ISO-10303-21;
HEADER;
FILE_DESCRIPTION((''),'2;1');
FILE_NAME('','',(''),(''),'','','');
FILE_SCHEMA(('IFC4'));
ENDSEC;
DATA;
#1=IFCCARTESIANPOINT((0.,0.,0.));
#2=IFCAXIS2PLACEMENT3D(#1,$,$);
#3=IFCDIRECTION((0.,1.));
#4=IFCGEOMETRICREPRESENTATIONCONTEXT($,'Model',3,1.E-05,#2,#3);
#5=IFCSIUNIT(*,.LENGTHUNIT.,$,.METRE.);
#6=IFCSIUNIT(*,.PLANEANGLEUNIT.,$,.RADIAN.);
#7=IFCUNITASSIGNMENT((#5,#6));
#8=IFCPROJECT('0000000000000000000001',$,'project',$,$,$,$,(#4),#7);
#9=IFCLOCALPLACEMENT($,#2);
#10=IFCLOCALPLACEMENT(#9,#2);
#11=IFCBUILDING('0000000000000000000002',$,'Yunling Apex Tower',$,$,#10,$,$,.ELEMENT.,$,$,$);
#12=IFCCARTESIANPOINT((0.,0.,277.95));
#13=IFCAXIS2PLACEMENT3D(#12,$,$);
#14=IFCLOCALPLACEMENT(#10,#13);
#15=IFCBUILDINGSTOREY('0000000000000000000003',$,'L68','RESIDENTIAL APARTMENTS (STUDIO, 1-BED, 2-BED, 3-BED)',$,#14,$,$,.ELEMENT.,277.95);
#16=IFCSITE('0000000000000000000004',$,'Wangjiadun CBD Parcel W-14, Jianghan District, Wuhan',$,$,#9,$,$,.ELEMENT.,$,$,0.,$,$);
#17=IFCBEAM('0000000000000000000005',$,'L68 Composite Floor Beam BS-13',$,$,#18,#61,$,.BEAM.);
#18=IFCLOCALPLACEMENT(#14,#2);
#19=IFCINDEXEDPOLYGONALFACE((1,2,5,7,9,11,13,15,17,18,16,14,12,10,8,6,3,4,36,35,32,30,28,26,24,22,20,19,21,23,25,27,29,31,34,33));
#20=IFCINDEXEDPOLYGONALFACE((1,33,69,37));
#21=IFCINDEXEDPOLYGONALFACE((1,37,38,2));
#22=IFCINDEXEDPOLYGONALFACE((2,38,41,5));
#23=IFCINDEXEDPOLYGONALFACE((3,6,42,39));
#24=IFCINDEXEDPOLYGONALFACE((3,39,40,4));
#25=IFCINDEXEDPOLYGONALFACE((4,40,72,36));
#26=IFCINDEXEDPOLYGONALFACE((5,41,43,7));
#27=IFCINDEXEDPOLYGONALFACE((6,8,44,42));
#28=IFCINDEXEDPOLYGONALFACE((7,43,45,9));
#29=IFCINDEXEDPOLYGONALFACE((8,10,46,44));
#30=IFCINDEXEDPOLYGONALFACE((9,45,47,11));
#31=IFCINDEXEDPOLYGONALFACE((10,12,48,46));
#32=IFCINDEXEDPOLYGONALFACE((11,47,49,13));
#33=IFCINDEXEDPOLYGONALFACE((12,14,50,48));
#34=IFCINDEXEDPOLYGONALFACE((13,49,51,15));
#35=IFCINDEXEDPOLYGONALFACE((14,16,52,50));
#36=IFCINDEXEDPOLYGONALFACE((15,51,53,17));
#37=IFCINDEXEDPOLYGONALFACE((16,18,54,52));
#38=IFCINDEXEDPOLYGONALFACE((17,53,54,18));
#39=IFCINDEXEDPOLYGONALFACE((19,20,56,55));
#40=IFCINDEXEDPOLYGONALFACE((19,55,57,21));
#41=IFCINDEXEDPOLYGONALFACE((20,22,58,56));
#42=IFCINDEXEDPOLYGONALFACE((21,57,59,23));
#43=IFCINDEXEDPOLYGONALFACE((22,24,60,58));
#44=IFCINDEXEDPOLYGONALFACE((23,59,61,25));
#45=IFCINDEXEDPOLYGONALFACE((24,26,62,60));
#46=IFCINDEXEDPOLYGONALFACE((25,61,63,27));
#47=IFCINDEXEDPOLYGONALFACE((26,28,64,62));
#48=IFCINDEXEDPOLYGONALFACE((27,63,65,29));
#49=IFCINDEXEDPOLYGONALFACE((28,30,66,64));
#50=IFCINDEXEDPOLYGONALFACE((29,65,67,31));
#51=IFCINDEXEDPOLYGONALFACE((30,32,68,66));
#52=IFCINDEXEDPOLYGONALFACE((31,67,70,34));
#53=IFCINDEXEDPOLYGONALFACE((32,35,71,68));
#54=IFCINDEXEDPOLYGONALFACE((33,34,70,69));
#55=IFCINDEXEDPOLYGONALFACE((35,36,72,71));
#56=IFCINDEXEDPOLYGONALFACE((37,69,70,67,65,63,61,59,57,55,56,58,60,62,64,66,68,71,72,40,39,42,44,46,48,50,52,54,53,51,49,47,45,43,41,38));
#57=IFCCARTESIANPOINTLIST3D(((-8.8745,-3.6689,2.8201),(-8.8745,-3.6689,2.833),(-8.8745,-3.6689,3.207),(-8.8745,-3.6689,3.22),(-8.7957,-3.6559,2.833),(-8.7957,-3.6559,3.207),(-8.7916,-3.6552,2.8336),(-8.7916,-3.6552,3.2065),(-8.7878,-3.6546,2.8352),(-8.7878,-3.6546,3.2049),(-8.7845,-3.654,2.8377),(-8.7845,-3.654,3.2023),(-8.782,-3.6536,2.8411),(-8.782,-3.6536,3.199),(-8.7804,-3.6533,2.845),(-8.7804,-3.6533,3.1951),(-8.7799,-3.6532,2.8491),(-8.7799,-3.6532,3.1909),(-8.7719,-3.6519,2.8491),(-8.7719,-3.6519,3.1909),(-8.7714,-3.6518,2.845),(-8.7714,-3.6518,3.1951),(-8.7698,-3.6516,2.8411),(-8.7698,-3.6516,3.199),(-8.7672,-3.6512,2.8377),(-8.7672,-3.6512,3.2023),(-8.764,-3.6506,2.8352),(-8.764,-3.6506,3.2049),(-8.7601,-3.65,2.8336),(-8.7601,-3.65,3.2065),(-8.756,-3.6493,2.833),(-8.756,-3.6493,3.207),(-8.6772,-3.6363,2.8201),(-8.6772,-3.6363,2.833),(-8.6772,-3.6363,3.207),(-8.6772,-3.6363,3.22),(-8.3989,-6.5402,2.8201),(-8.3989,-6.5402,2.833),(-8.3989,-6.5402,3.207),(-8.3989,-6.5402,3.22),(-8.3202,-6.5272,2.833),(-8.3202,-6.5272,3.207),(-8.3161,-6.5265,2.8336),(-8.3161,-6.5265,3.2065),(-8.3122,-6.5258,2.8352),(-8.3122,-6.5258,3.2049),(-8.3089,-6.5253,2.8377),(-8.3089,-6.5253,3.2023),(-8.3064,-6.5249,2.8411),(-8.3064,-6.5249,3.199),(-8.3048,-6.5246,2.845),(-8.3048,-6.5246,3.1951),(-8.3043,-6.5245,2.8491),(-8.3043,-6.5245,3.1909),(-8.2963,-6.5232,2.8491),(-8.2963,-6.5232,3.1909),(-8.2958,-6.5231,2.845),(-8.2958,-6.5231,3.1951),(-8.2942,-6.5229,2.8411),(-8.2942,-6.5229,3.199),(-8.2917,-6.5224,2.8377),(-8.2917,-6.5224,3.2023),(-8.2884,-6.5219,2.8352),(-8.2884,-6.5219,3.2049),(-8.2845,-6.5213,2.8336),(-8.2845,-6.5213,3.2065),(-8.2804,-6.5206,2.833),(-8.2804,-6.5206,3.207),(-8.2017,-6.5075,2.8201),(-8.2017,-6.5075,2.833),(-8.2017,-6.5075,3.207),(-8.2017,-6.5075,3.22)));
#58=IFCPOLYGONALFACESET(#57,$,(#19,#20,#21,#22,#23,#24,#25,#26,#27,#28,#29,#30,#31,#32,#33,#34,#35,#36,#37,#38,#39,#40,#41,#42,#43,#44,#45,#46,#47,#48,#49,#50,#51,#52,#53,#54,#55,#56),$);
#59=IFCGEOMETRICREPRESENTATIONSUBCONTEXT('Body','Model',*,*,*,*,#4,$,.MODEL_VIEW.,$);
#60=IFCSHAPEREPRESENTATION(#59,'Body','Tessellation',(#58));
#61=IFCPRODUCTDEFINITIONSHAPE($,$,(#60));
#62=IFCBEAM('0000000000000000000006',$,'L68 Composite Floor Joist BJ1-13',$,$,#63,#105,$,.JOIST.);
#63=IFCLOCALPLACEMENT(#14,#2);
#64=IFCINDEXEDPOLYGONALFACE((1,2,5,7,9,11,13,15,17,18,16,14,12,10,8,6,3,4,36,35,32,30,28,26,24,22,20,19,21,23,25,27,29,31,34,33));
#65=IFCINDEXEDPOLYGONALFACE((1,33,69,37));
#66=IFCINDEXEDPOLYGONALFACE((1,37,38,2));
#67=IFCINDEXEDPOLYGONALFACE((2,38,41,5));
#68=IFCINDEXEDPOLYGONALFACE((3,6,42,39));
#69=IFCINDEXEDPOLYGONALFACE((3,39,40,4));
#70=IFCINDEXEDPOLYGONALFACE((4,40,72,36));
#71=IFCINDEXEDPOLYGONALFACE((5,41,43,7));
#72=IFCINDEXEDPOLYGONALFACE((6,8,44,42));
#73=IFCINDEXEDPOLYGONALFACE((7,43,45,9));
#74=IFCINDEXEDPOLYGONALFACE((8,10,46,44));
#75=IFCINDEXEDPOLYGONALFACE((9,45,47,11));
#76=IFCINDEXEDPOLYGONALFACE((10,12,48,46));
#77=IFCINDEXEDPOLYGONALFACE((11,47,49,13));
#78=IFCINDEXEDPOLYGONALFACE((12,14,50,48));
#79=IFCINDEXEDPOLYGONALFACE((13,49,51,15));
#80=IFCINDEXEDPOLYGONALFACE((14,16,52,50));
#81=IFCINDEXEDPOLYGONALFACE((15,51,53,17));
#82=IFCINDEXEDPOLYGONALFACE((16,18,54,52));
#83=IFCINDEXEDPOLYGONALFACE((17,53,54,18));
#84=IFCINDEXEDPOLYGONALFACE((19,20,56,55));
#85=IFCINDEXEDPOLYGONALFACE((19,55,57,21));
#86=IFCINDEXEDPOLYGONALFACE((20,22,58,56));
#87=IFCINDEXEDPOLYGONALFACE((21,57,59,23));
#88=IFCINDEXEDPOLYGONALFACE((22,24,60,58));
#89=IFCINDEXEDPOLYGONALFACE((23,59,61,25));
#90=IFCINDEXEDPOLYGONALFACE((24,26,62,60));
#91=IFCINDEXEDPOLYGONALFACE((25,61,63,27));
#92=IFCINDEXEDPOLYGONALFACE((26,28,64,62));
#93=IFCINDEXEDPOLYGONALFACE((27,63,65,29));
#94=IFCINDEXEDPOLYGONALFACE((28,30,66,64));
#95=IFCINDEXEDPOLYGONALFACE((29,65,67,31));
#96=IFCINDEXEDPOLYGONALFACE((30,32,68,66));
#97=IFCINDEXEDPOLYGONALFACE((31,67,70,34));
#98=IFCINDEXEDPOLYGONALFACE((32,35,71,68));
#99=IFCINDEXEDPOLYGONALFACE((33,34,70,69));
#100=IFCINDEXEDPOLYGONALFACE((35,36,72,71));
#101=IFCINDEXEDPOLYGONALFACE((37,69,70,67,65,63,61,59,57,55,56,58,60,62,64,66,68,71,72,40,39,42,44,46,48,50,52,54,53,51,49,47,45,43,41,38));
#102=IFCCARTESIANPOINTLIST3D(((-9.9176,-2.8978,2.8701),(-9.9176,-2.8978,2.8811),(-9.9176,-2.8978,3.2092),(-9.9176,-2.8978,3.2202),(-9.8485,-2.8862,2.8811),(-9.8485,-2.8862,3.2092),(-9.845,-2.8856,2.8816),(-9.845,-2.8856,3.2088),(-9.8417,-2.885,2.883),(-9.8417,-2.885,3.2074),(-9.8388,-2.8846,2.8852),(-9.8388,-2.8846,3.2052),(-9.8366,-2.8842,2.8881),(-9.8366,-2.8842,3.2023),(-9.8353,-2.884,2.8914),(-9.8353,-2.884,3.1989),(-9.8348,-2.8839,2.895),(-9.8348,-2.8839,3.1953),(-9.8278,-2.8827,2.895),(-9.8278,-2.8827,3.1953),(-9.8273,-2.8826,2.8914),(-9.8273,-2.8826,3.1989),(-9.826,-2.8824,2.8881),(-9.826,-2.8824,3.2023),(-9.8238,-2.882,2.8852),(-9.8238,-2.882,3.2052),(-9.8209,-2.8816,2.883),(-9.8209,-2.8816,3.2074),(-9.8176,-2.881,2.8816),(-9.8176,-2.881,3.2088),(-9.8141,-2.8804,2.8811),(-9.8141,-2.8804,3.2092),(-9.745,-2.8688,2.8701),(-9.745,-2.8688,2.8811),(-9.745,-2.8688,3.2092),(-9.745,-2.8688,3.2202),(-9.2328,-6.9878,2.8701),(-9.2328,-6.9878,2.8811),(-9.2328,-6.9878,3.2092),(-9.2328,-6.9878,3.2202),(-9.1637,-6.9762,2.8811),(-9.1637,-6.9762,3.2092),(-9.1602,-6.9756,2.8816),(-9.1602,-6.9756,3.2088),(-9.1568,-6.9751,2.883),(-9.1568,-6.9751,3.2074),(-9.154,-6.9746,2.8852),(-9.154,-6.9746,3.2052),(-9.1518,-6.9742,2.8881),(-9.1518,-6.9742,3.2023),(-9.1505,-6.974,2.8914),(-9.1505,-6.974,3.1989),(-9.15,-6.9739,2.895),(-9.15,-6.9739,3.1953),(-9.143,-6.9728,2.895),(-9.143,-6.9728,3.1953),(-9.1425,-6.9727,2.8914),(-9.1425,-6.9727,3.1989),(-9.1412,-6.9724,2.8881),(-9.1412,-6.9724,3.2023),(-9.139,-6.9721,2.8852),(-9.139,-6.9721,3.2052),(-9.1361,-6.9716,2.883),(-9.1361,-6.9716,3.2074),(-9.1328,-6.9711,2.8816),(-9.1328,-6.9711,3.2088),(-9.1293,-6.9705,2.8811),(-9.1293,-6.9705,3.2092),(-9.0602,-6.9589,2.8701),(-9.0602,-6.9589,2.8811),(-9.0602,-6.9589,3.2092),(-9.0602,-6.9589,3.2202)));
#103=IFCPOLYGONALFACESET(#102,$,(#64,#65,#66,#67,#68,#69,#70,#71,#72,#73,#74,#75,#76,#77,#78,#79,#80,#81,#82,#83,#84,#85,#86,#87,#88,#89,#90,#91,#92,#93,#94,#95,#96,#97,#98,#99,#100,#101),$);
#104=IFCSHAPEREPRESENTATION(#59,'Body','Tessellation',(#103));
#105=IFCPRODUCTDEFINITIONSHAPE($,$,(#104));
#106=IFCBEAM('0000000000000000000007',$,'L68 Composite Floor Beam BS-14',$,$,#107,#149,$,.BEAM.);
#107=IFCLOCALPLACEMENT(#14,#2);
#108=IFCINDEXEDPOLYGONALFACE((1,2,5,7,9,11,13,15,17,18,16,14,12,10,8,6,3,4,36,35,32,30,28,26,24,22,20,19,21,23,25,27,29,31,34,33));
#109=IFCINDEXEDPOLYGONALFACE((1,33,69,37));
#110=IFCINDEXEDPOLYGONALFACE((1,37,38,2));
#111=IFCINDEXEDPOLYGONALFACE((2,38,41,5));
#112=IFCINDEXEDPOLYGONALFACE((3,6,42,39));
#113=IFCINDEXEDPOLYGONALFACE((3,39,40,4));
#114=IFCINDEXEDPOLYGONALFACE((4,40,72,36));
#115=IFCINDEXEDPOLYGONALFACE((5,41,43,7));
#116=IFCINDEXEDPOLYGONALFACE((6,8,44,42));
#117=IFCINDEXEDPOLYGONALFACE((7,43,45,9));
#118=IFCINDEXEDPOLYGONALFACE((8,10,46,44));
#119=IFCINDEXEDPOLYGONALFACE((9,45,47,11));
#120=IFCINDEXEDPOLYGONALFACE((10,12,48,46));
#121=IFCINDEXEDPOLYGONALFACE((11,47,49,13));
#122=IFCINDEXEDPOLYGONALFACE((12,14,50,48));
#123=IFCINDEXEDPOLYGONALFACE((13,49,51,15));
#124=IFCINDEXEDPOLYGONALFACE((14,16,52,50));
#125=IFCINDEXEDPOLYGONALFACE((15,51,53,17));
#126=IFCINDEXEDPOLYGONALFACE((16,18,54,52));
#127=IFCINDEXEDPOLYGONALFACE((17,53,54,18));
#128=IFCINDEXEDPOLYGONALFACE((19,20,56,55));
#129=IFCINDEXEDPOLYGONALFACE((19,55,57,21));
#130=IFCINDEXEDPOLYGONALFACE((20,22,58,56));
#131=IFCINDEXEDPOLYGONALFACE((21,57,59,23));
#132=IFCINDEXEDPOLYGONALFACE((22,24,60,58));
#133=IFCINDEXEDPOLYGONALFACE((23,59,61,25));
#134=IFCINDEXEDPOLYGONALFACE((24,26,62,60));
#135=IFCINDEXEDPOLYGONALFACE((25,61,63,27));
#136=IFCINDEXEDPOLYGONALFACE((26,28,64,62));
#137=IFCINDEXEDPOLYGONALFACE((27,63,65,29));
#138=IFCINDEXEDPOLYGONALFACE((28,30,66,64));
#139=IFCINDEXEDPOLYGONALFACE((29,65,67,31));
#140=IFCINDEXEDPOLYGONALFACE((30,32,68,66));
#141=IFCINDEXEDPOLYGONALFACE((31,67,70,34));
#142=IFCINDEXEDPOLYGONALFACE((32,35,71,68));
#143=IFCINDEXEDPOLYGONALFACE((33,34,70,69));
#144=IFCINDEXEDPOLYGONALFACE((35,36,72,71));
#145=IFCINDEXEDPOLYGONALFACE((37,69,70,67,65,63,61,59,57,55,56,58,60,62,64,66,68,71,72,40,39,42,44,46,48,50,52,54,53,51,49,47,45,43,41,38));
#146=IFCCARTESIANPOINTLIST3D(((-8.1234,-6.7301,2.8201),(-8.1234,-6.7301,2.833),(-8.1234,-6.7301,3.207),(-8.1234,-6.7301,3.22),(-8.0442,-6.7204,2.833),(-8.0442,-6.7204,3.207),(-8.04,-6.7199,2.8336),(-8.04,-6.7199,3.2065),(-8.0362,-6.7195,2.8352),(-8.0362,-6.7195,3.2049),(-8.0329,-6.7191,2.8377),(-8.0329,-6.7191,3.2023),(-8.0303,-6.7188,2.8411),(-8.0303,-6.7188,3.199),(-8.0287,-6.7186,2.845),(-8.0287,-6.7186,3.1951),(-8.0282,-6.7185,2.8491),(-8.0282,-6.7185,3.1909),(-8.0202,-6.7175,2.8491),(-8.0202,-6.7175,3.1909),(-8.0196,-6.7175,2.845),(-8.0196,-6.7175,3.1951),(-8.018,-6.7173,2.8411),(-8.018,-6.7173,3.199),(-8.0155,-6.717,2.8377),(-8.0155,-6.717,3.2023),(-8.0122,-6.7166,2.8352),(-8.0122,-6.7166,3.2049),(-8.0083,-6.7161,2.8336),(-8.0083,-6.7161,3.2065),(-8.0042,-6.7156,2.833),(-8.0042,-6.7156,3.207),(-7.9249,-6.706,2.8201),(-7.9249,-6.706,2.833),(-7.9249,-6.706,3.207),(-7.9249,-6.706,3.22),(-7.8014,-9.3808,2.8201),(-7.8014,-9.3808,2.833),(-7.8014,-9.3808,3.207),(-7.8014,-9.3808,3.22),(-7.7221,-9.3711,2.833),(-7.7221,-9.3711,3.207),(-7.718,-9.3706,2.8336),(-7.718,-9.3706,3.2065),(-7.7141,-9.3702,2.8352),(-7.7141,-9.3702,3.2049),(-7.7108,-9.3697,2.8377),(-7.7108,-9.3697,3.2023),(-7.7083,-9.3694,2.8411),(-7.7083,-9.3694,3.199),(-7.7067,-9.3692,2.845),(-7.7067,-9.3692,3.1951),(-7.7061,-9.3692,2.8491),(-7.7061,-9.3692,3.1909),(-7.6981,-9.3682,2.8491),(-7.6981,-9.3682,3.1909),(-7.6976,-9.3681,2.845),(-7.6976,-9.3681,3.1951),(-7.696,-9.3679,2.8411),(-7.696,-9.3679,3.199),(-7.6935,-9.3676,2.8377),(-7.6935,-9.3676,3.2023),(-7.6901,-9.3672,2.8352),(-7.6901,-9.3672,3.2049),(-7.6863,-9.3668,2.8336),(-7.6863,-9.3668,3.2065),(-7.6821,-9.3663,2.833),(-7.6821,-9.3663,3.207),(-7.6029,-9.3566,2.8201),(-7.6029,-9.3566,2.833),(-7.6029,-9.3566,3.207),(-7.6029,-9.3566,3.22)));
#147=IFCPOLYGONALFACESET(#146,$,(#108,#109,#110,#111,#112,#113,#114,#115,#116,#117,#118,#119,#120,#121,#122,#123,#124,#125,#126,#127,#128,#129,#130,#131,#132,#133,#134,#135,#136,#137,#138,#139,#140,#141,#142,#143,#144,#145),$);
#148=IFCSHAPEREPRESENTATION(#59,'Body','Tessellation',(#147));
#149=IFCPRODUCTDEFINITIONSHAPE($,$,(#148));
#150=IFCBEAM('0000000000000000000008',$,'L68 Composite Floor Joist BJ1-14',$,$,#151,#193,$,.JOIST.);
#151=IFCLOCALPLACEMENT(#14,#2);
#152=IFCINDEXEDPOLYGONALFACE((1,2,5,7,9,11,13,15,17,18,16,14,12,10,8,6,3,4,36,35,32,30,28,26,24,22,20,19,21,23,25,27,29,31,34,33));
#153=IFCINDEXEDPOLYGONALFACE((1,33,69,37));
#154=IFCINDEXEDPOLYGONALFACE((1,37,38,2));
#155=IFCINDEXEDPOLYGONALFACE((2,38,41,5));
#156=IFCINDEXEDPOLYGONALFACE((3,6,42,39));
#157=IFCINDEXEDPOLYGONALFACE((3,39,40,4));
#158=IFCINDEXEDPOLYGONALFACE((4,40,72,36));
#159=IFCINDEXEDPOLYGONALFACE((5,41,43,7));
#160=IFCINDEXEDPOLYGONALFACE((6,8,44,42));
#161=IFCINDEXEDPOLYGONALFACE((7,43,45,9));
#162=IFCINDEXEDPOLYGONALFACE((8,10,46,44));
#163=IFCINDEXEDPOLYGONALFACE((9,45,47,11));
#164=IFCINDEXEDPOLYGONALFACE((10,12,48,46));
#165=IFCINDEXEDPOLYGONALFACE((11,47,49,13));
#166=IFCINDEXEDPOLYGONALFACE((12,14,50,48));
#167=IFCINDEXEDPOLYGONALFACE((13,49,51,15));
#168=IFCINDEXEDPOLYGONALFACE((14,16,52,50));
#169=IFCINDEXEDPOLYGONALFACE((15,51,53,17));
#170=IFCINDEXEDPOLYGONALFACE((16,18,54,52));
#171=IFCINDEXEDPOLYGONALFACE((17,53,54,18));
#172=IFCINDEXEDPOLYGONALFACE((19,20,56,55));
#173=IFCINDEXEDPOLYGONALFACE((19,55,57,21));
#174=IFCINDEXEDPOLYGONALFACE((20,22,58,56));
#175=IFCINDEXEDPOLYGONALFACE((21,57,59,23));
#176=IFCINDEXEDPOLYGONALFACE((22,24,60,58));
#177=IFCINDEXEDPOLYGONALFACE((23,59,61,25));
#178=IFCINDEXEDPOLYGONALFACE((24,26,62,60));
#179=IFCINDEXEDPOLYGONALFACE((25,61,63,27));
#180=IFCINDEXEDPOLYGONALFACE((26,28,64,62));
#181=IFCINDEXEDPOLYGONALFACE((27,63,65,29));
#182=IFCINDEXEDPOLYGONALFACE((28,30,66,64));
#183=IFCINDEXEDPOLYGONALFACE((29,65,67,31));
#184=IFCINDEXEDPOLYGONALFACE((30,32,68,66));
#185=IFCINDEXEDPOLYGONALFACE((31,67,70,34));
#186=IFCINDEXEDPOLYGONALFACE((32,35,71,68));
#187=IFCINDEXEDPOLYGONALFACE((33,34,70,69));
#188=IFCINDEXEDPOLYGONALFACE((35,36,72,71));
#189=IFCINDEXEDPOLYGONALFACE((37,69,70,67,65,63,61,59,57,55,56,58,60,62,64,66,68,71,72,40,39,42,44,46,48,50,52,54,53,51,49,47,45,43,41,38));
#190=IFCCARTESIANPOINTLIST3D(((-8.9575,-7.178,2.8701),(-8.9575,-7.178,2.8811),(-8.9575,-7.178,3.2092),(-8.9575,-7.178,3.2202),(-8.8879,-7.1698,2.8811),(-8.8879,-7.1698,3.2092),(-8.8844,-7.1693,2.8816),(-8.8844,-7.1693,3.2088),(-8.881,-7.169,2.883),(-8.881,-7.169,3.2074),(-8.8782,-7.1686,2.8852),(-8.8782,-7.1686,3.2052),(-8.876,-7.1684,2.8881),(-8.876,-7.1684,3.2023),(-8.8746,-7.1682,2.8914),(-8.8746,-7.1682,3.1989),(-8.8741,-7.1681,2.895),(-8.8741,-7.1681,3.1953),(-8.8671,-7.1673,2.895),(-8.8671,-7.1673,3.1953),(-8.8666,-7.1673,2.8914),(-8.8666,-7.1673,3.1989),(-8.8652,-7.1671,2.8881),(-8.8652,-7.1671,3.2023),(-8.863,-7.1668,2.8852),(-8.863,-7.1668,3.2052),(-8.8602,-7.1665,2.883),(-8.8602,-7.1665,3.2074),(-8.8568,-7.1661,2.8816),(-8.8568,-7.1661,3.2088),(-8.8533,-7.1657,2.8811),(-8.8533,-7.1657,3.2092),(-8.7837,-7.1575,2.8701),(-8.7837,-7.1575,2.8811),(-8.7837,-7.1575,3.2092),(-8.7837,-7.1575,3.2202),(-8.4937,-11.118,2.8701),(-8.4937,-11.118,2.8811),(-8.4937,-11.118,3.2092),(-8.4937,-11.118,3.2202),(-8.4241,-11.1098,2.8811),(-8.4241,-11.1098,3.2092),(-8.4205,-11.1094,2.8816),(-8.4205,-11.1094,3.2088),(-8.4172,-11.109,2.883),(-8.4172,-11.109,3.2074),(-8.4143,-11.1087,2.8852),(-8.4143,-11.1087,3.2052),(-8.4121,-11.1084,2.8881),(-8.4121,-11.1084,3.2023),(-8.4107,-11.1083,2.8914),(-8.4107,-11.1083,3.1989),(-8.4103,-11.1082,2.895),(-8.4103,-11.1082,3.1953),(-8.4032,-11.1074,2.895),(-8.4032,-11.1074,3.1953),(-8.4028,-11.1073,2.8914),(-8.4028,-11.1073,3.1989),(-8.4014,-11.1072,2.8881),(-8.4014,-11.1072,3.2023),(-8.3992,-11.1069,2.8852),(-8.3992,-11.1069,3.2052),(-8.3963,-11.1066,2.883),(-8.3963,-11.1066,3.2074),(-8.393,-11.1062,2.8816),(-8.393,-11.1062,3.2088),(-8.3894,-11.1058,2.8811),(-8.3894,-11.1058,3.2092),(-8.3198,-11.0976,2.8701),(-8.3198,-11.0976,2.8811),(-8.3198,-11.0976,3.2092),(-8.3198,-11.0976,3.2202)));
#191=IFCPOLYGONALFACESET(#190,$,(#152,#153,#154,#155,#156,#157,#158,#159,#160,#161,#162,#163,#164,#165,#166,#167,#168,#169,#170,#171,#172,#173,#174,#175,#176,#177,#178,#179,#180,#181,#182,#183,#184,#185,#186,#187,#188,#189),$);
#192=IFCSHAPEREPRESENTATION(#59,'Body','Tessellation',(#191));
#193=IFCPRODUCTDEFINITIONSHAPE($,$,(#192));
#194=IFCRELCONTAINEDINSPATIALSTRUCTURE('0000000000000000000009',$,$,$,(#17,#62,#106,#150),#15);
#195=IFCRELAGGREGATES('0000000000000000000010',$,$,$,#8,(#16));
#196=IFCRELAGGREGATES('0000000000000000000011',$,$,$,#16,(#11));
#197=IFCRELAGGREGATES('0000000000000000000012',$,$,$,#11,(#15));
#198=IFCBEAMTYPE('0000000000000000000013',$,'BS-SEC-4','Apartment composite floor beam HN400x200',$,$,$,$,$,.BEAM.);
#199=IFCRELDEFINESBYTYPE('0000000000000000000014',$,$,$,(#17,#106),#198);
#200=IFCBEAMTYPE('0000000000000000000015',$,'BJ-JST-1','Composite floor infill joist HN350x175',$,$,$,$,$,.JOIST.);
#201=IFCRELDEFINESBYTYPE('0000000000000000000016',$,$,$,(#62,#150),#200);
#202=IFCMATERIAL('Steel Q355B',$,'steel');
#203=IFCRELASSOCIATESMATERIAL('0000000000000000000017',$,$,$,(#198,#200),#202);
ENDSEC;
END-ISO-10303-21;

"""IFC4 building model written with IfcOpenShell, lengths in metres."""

from ifc_helpers import new_model, si_unit, direction, frame, origin, origin_2d, place, context, subcontext, project, spatial, i_section, extrude, source, transform, mapped, material, material_profile, profile_set, type_object, element, save


model = new_model("IFC4")

# Units and contexts
model_context = context("Model", 3, precision=1e-05, world=origin(), true_north=direction((0.0, 1.0)))
body_context = subcontext(model_context, "Body", "Model", "MODEL_VIEW")
ifc_project = project(units=[si_unit("LENGTHUNIT", "METRE"), si_unit("PLANEANGLEUNIT", "RADIAN")], contexts=[model_context])

# Site, building, storey
site_placement = place(None, origin())
site = spatial("IfcSite", under=ifc_project, at=site_placement, Name="Wangjiadun CBD Parcel W-14, Jianghan District, Wuhan", CompositionType="ELEMENT", RefElevation=0.0)
building_placement = place(site_placement, origin())
building = spatial("IfcBuilding", under=site, at=building_placement, Name="Yunling Apex Tower", CompositionType="ELEMENT")
storey_placement = place(building_placement, frame((0.0, 0.0, 277.95)))
storey = spatial("IfcBuildingStorey", under=building, at=storey_placement, Name="L68", Description="RESIDENTIAL APARTMENTS (STUDIO, 1-BED, 2-BED, 3-BED)", CompositionType="ELEMENT", Elevation=277.95)

# Shared definitions
ifc_material_1 = material(Name="Steel Q355B", Category="steel")

# Beams
ifc_material_profile_1 = material_profile(ifc_material_1, i_section(OverallWidth=0.2, OverallDepth=0.3999, WebThickness=0.0081, FlangeThickness=0.0129, FilletRadius=0.0161, at=origin_2d()))
ifc_profile_set_1 = profile_set([ifc_material_profile_1], Name="Steel Q355B")
beam_type_1 = type_object("IfcBeamType", Name="BS-SEC-4", Description="Apartment composite floor beam HN400x200", PredefinedType="BEAM", material=ifc_profile_set_1)
shared_shape_1 = source(origin(), body_context, "Body", "SweptSolid", [
    extrude(i_section(OverallWidth=0.2, OverallDepth=0.3999, WebThickness=0.0081, FlangeThickness=0.0129, FilletRadius=0.0161, at=origin_2d()), origin(), (0.0, 0.0, 1.0), 2.9104),
])
beam_1_placement = place(storey_placement, frame((-8.7759, -3.6526, 3.02), z_axis=(0.163406, -0.986559, 0.0), x_axis=(0.986559, 0.163406, 0.0)))
element("IfcBeam", 1, at=beam_1_placement, inside=storey, type_object=beam_type_1, Name="L68 Composite Floor Beam BS-13", PredefinedType="BEAM", context=body_context, shape_type="MappedRepresentation", body=[
    mapped(shared_shape_1, transform((0.0, 0.0, 0.0), scale=1.0)),
])
ifc_material_profile_2 = material_profile(ifc_material_1, i_section(OverallWidth=0.175, OverallDepth=0.3501, WebThickness=0.0071, FlangeThickness=0.011, FilletRadius=0.0139, at=origin_2d()))
ifc_profile_set_2 = profile_set([ifc_material_profile_2], Name="Steel Q355B")
beam_type_2 = type_object("IfcBeamType", Name="BJ-JST-1", Description="Composite floor infill joist HN350x175", PredefinedType="JOIST", material=ifc_profile_set_2)
shared_shape_2 = source(origin(), body_context, "Body", "SweptSolid", [
    extrude(i_section(OverallWidth=0.175, OverallDepth=0.3501, WebThickness=0.0071, FlangeThickness=0.011, FilletRadius=0.0139, at=origin_2d()), origin(), (0.0, 0.0, 1.0), 4.147),
])
beam_2_placement = place(storey_placement, frame((-9.8313, -2.8833, 3.0452), z_axis=(0.165134, -0.986271, 0.0), x_axis=(0.986271, 0.165134, 0.0)))
element("IfcBeam", 2, at=beam_2_placement, inside=storey, type_object=beam_type_2, Name="L68 Composite Floor Joist BJ1-13", PredefinedType="JOIST", context=body_context, shape_type="MappedRepresentation", body=[
    mapped(shared_shape_2, transform((0.0, 0.0, 0.0), scale=1.0)),
])
shared_shape_3 = source(origin(), body_context, "Body", "SweptSolid", [
    extrude(i_section(OverallWidth=0.2, OverallDepth=0.3999, WebThickness=0.0081, FlangeThickness=0.0129, FilletRadius=0.0161, at=origin_2d()), origin(), (0.0, 0.0, 1.0), 2.6702),
])
beam_3_placement = place(storey_placement, frame((-8.0242, -6.718, 3.02), z_axis=(0.120602, -0.992701, 0.0), x_axis=(0.992701, 0.120602, 0.0)))
element("IfcBeam", 3, at=beam_3_placement, inside=storey, type_object=beam_type_1, Name="L68 Composite Floor Beam BS-14", PredefinedType="BEAM", context=body_context, shape_type="MappedRepresentation", body=[
    mapped(shared_shape_3, transform((0.0, 0.0, 0.0), scale=1.0)),
])
shared_shape_4 = source(origin(), body_context, "Body", "SweptSolid", [
    extrude(i_section(OverallWidth=0.175, OverallDepth=0.3501, WebThickness=0.0071, FlangeThickness=0.011, FilletRadius=0.0139, at=origin_2d()), origin(), (0.0, 0.0, 1.0), 3.9673),
])
beam_4_placement = place(storey_placement, frame((-8.8706, -7.1677, 3.0452), z_axis=(0.11692, -0.993141, 0.0), x_axis=(0.993141, 0.11692, 0.0)))
element("IfcBeam", 4, at=beam_4_placement, inside=storey, type_object=beam_type_2, Name="L68 Composite Floor Joist BJ1-14", PredefinedType="JOIST", context=body_context, shape_type="MappedRepresentation", body=[
    mapped(shared_shape_4, transform((0.0, 0.0, 0.0), scale=1.0)),
])

save(model, "model.ifc")
